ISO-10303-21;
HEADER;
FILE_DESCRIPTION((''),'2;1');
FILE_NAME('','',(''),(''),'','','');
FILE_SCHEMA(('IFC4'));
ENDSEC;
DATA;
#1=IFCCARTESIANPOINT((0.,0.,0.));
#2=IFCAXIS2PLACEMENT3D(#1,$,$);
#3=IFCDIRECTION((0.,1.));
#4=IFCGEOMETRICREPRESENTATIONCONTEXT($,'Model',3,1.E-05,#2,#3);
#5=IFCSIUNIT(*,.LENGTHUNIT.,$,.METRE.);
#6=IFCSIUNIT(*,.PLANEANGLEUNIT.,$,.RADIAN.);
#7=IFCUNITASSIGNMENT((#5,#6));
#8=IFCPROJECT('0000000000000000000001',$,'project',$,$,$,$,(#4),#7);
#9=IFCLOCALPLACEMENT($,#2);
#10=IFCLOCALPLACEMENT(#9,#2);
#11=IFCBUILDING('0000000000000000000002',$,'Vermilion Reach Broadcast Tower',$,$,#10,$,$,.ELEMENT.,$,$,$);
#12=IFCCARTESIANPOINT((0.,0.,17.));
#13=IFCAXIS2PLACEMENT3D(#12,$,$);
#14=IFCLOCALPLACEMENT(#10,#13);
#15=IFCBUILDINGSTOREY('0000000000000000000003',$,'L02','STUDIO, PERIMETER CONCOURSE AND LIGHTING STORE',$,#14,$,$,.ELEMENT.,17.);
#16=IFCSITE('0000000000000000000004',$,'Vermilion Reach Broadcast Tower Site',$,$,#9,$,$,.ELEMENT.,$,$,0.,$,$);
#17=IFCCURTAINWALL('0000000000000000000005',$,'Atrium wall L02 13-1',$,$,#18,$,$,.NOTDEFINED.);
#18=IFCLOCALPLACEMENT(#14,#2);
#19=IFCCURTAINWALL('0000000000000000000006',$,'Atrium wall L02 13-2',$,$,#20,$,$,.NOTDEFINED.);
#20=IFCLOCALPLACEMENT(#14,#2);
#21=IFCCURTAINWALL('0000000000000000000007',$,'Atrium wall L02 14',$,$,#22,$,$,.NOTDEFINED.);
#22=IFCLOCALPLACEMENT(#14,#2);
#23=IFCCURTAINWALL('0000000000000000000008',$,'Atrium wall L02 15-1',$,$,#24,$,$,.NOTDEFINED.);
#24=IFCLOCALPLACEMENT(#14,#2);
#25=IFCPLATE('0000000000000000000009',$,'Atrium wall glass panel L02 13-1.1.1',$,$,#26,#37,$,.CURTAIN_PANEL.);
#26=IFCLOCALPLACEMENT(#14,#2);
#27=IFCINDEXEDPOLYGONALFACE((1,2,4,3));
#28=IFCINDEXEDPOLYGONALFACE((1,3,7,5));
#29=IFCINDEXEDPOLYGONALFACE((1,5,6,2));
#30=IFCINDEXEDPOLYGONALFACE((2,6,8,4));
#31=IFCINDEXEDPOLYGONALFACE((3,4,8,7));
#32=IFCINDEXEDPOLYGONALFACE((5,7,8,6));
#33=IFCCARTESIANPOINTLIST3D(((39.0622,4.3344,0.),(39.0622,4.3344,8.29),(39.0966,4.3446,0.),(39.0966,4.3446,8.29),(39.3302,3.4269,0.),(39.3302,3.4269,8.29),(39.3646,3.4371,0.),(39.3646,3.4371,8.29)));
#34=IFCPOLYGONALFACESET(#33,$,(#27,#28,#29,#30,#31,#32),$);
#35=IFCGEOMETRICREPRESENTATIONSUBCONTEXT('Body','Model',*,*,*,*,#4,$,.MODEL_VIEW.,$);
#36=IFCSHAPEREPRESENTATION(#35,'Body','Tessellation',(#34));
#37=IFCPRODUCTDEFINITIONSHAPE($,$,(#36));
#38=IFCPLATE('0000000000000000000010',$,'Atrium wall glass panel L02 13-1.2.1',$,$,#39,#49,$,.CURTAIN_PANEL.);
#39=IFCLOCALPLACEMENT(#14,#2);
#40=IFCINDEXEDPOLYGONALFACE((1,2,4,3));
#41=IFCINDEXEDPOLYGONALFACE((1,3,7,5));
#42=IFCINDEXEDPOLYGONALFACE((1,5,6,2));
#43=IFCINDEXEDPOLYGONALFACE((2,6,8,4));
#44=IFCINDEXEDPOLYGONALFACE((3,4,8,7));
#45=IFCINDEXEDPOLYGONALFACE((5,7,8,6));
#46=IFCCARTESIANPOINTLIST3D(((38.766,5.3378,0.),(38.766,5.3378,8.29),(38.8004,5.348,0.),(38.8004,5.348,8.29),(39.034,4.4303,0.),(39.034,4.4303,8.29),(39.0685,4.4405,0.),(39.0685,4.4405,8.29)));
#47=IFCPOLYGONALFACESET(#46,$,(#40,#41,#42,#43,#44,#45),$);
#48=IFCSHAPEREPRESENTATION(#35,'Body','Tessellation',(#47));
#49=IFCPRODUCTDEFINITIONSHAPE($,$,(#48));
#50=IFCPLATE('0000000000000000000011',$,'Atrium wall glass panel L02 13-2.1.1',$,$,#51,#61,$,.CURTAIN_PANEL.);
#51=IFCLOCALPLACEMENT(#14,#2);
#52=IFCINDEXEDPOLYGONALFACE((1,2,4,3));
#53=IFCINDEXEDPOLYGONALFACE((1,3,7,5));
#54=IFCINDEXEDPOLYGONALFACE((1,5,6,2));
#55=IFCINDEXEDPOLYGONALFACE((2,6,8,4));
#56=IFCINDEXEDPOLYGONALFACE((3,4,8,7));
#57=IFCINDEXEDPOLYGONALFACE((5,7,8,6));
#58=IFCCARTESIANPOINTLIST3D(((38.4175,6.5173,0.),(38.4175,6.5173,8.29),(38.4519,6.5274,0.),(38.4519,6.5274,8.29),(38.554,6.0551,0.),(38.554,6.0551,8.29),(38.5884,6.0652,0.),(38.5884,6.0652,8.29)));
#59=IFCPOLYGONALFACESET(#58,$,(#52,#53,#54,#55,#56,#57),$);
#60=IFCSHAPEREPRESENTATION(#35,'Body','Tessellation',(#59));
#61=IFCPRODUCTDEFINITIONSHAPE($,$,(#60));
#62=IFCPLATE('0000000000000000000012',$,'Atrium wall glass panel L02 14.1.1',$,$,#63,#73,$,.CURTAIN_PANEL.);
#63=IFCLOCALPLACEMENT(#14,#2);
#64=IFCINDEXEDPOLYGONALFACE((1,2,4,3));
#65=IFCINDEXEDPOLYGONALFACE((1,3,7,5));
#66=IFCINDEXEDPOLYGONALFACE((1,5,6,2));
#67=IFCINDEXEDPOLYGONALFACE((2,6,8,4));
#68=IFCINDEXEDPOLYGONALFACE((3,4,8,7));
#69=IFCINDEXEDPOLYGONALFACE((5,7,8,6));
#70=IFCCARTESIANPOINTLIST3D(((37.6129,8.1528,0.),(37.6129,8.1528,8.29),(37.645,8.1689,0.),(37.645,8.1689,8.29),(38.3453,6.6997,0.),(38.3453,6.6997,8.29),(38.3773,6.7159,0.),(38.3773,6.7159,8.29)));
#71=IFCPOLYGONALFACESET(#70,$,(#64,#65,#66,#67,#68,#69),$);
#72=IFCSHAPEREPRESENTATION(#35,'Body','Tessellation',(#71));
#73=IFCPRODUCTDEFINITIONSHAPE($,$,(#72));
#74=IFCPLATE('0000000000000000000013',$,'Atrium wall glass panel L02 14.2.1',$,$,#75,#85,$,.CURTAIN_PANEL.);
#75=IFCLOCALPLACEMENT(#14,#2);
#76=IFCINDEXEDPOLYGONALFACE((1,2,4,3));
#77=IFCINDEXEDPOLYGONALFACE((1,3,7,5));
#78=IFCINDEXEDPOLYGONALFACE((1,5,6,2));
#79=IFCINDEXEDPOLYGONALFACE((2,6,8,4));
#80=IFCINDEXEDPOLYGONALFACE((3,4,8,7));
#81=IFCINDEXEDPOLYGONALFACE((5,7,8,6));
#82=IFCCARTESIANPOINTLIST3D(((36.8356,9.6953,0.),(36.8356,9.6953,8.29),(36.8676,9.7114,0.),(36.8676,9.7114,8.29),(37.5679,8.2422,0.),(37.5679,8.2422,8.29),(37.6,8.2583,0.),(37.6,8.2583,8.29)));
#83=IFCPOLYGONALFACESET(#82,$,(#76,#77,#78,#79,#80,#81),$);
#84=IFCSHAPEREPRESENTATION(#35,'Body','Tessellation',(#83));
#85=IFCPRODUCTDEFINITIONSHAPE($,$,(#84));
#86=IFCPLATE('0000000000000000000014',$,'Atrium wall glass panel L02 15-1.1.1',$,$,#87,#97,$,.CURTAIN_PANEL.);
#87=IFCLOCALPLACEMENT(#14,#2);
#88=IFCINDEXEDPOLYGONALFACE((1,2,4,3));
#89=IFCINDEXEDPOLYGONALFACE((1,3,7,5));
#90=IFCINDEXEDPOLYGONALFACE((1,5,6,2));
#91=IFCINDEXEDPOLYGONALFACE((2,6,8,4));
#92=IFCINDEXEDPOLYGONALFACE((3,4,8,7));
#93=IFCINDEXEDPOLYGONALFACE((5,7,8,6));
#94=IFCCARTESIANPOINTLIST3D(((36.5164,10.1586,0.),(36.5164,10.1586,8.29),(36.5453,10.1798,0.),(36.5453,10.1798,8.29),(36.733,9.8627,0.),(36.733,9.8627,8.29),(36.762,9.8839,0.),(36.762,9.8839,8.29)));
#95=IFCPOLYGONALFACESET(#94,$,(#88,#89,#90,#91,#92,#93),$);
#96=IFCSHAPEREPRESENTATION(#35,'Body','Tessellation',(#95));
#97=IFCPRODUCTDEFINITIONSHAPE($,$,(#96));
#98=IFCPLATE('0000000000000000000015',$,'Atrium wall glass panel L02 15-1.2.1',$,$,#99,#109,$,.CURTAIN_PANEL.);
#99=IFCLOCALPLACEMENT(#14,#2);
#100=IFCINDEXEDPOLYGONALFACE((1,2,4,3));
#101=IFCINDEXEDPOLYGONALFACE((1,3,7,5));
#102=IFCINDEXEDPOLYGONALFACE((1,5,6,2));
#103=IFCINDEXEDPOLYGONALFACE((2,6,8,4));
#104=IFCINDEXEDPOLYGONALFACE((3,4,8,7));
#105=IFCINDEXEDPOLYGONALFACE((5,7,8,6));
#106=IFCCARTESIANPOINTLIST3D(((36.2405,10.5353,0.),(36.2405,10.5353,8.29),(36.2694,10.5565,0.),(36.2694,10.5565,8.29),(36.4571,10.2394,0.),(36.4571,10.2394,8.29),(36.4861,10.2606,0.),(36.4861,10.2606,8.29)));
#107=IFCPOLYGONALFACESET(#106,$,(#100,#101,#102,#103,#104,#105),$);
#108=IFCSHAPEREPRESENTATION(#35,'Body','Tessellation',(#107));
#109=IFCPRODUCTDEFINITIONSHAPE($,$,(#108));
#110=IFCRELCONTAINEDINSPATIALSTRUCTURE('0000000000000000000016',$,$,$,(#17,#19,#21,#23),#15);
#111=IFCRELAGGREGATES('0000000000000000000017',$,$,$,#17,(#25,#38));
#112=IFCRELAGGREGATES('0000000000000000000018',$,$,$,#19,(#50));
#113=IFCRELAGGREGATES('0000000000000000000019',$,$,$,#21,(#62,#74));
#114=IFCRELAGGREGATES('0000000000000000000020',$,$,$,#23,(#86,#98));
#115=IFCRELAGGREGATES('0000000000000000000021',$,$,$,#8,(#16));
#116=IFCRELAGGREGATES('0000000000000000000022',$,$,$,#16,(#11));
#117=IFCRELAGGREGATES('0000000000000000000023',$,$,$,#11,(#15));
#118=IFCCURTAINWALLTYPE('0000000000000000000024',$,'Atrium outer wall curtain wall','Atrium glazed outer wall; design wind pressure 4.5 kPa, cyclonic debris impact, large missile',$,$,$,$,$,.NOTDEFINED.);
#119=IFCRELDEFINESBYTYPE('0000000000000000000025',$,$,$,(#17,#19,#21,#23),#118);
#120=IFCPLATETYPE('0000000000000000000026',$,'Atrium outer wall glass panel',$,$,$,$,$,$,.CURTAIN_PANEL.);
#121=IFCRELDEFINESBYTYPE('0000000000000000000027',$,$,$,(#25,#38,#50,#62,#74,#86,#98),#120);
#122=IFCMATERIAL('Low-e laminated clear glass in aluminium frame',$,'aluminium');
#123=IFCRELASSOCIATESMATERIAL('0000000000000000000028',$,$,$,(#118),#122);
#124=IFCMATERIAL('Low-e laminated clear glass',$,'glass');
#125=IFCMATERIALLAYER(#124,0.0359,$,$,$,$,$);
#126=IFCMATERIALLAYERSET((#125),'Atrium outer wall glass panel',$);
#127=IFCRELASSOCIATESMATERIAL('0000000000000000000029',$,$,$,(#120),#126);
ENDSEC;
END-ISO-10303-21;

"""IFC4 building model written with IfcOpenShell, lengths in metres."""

from ifc_helpers import new_model, si_unit, direction, frame, origin, origin_2d, place, context, subcontext, project, spatial, rectangle, extrude, material, layer, layer_set, type_object, element, aggregate, save


model = new_model("IFC4")

# Units and contexts
model_context = context("Model", 3, precision=1e-05, world=origin(), true_north=direction((0.0, 1.0)))
body_context = subcontext(model_context, "Body", "Model", "MODEL_VIEW")
ifc_project = project(units=[si_unit("LENGTHUNIT", "METRE"), si_unit("PLANEANGLEUNIT", "RADIAN")], contexts=[model_context])

# Site, building, storey
site_placement = place(None, origin())
site = spatial("IfcSite", under=ifc_project, at=site_placement, Name="Vermilion Reach Broadcast Tower Site", CompositionType="ELEMENT", RefElevation=0.0)
building_placement = place(site_placement, origin())
building = spatial("IfcBuilding", under=site, at=building_placement, Name="Vermilion Reach Broadcast Tower", CompositionType="ELEMENT")
storey_placement = place(building_placement, frame((0.0, 0.0, 17.0)))
storey = spatial("IfcBuildingStorey", under=building, at=storey_placement, Name="L02", Description="STUDIO, PERIMETER CONCOURSE AND LIGHTING STORE", CompositionType="ELEMENT", Elevation=17.0)

# Curtain walls
ifc_material_1 = material(Name="Low-e laminated clear glass in aluminium frame", Category="aluminium")
curtain_wall_type = type_object("IfcCurtainWallType", Name="Atrium outer wall curtain wall", Description="Atrium glazed outer wall; design wind pressure 4.5 kPa, cyclonic debris impact, large missile", PredefinedType="NOTDEFINED", material=ifc_material_1)
placement = place(storey_placement, origin())
curtain_wall_1 = element("IfcCurtainWall", 1, at=placement, inside=storey, type_object=curtain_wall_type, Name="Atrium wall L02 13-1", PredefinedType="NOTDEFINED")
curtain_wall_2 = element("IfcCurtainWall", 2, at=placement, inside=storey, type_object=curtain_wall_type, Name="Atrium wall L02 13-2", PredefinedType="NOTDEFINED")
curtain_wall_3 = element("IfcCurtainWall", 3, at=placement, inside=storey, type_object=curtain_wall_type, Name="Atrium wall L02 14", PredefinedType="NOTDEFINED")
curtain_wall_4 = element("IfcCurtainWall", 4, at=placement, inside=storey, type_object=curtain_wall_type, Name="Atrium wall L02 15-1", PredefinedType="NOTDEFINED")

# Plates
ifc_material_2 = material(Name="Low-e laminated clear glass", Category="glass")
ifc_layer = layer(ifc_material_2, 0.0359)
ifc_layer_set = layer_set([ifc_layer], Name="Atrium outer wall glass panel")
plate_type = type_object("IfcPlateType", Name="Atrium outer wall glass panel", PredefinedType="CURTAIN_PANEL", material=ifc_layer_set)
plate_1_placement = place(storey_placement, frame((39.2134, 3.8857, 0.0), z_axis=(0.0, 0.0, 1.0), x_axis=(-0.283245, 0.959048, 0.0)))
plate_1 = element("IfcPlate", 5, at=plate_1_placement, type_object=plate_type, Name="Atrium wall glass panel L02 13-1.1.1", PredefinedType="CURTAIN_PANEL", context=body_context, shape_type="SweptSolid", body=[
    extrude(rectangle(XDim=0.9463, YDim=0.0359, at=origin_2d()), origin(), (0.0, 0.0, 1.0), 8.29),
])
plate_2_placement = place(storey_placement, frame((38.9172, 4.8892, 0.0), z_axis=(0.0, 0.0, 1.0), x_axis=(-0.283245, 0.959048, 0.0)))
plate_2 = element("IfcPlate", 6, at=plate_2_placement, type_object=plate_type, Name="Atrium wall glass panel L02 13-1.2.1", PredefinedType="CURTAIN_PANEL", context=body_context, shape_type="SweptSolid", body=[
    extrude(rectangle(XDim=0.9463, YDim=0.0359, at=origin_2d()), origin(), (0.0, 0.0, 1.0), 8.29),
])
aggregate(curtain_wall_1, [plate_1, plate_2])
plate_3_placement = place(storey_placement, frame((38.5029, 6.2913, 0.0), z_axis=(0.0, 0.0, 1.0), x_axis=(-0.283245, 0.959048, 0.0)))
plate_3 = element("IfcPlate", 7, at=plate_3_placement, type_object=plate_type, Name="Atrium wall glass panel L02 13-2.1.1", PredefinedType="CURTAIN_PANEL", context=body_context, shape_type="SweptSolid", body=[
    extrude(rectangle(XDim=0.4819, YDim=0.0359, at=origin_2d()), origin(), (0.0, 0.0, 1.0), 8.29),
])
aggregate(curtain_wall_2, [plate_3])
plate_4_placement = place(storey_placement, frame((37.9951, 7.4343, 0.0), z_axis=(0.0, 0.0, 1.0), x_axis=(-0.450072, 0.892992, 0.0)))
plate_4 = element("IfcPlate", 8, at=plate_4_placement, type_object=plate_type, Name="Atrium wall glass panel L02 14.1.1", PredefinedType="CURTAIN_PANEL", context=body_context, shape_type="SweptSolid", body=[
    extrude(rectangle(XDim=1.6272, YDim=0.0359, at=origin_2d()), origin(), (0.0, 0.0, 1.0), 8.29),
])
plate_5_placement = place(storey_placement, frame((37.2178, 8.9768, 0.0), z_axis=(0.0, 0.0, 1.0), x_axis=(-0.450072, 0.892992, 0.0)))
plate_5 = element("IfcPlate", 9, at=plate_5_placement, type_object=plate_type, Name="Atrium wall glass panel L02 14.2.1", PredefinedType="CURTAIN_PANEL", context=body_context, shape_type="SweptSolid", body=[
    extrude(rectangle(XDim=1.6272, YDim=0.0359, at=origin_2d()), origin(), (0.0, 0.0, 1.0), 8.29),
])
aggregate(curtain_wall_3, [plate_4, plate_5])
plate_6_placement = place(storey_placement, frame((36.6392, 10.0212, 0.0), z_axis=(0.0, 0.0, 1.0), x_axis=(-0.59076, 0.806847, 0.0)))
plate_6 = element("IfcPlate", 10, at=plate_6_placement, type_object=plate_type, Name="Atrium wall glass panel L02 15-1.1.1", PredefinedType="CURTAIN_PANEL", context=body_context, shape_type="SweptSolid", body=[
    extrude(rectangle(XDim=0.3667, YDim=0.0359, at=origin_2d()), origin(), (0.0, 0.0, 1.0), 8.29),
])
plate_7_placement = place(storey_placement, frame((36.3633, 10.3979, 0.0), z_axis=(0.0, 0.0, 1.0), x_axis=(-0.59076, 0.806847, 0.0)))
plate_7 = element("IfcPlate", 11, at=plate_7_placement, type_object=plate_type, Name="Atrium wall glass panel L02 15-1.2.1", PredefinedType="CURTAIN_PANEL", context=body_context, shape_type="SweptSolid", body=[
    extrude(rectangle(XDim=0.3667, YDim=0.0359, at=origin_2d()), origin(), (0.0, 0.0, 1.0), 8.29),
])
aggregate(curtain_wall_4, [plate_6, plate_7])

save(model, "model.ifc")
